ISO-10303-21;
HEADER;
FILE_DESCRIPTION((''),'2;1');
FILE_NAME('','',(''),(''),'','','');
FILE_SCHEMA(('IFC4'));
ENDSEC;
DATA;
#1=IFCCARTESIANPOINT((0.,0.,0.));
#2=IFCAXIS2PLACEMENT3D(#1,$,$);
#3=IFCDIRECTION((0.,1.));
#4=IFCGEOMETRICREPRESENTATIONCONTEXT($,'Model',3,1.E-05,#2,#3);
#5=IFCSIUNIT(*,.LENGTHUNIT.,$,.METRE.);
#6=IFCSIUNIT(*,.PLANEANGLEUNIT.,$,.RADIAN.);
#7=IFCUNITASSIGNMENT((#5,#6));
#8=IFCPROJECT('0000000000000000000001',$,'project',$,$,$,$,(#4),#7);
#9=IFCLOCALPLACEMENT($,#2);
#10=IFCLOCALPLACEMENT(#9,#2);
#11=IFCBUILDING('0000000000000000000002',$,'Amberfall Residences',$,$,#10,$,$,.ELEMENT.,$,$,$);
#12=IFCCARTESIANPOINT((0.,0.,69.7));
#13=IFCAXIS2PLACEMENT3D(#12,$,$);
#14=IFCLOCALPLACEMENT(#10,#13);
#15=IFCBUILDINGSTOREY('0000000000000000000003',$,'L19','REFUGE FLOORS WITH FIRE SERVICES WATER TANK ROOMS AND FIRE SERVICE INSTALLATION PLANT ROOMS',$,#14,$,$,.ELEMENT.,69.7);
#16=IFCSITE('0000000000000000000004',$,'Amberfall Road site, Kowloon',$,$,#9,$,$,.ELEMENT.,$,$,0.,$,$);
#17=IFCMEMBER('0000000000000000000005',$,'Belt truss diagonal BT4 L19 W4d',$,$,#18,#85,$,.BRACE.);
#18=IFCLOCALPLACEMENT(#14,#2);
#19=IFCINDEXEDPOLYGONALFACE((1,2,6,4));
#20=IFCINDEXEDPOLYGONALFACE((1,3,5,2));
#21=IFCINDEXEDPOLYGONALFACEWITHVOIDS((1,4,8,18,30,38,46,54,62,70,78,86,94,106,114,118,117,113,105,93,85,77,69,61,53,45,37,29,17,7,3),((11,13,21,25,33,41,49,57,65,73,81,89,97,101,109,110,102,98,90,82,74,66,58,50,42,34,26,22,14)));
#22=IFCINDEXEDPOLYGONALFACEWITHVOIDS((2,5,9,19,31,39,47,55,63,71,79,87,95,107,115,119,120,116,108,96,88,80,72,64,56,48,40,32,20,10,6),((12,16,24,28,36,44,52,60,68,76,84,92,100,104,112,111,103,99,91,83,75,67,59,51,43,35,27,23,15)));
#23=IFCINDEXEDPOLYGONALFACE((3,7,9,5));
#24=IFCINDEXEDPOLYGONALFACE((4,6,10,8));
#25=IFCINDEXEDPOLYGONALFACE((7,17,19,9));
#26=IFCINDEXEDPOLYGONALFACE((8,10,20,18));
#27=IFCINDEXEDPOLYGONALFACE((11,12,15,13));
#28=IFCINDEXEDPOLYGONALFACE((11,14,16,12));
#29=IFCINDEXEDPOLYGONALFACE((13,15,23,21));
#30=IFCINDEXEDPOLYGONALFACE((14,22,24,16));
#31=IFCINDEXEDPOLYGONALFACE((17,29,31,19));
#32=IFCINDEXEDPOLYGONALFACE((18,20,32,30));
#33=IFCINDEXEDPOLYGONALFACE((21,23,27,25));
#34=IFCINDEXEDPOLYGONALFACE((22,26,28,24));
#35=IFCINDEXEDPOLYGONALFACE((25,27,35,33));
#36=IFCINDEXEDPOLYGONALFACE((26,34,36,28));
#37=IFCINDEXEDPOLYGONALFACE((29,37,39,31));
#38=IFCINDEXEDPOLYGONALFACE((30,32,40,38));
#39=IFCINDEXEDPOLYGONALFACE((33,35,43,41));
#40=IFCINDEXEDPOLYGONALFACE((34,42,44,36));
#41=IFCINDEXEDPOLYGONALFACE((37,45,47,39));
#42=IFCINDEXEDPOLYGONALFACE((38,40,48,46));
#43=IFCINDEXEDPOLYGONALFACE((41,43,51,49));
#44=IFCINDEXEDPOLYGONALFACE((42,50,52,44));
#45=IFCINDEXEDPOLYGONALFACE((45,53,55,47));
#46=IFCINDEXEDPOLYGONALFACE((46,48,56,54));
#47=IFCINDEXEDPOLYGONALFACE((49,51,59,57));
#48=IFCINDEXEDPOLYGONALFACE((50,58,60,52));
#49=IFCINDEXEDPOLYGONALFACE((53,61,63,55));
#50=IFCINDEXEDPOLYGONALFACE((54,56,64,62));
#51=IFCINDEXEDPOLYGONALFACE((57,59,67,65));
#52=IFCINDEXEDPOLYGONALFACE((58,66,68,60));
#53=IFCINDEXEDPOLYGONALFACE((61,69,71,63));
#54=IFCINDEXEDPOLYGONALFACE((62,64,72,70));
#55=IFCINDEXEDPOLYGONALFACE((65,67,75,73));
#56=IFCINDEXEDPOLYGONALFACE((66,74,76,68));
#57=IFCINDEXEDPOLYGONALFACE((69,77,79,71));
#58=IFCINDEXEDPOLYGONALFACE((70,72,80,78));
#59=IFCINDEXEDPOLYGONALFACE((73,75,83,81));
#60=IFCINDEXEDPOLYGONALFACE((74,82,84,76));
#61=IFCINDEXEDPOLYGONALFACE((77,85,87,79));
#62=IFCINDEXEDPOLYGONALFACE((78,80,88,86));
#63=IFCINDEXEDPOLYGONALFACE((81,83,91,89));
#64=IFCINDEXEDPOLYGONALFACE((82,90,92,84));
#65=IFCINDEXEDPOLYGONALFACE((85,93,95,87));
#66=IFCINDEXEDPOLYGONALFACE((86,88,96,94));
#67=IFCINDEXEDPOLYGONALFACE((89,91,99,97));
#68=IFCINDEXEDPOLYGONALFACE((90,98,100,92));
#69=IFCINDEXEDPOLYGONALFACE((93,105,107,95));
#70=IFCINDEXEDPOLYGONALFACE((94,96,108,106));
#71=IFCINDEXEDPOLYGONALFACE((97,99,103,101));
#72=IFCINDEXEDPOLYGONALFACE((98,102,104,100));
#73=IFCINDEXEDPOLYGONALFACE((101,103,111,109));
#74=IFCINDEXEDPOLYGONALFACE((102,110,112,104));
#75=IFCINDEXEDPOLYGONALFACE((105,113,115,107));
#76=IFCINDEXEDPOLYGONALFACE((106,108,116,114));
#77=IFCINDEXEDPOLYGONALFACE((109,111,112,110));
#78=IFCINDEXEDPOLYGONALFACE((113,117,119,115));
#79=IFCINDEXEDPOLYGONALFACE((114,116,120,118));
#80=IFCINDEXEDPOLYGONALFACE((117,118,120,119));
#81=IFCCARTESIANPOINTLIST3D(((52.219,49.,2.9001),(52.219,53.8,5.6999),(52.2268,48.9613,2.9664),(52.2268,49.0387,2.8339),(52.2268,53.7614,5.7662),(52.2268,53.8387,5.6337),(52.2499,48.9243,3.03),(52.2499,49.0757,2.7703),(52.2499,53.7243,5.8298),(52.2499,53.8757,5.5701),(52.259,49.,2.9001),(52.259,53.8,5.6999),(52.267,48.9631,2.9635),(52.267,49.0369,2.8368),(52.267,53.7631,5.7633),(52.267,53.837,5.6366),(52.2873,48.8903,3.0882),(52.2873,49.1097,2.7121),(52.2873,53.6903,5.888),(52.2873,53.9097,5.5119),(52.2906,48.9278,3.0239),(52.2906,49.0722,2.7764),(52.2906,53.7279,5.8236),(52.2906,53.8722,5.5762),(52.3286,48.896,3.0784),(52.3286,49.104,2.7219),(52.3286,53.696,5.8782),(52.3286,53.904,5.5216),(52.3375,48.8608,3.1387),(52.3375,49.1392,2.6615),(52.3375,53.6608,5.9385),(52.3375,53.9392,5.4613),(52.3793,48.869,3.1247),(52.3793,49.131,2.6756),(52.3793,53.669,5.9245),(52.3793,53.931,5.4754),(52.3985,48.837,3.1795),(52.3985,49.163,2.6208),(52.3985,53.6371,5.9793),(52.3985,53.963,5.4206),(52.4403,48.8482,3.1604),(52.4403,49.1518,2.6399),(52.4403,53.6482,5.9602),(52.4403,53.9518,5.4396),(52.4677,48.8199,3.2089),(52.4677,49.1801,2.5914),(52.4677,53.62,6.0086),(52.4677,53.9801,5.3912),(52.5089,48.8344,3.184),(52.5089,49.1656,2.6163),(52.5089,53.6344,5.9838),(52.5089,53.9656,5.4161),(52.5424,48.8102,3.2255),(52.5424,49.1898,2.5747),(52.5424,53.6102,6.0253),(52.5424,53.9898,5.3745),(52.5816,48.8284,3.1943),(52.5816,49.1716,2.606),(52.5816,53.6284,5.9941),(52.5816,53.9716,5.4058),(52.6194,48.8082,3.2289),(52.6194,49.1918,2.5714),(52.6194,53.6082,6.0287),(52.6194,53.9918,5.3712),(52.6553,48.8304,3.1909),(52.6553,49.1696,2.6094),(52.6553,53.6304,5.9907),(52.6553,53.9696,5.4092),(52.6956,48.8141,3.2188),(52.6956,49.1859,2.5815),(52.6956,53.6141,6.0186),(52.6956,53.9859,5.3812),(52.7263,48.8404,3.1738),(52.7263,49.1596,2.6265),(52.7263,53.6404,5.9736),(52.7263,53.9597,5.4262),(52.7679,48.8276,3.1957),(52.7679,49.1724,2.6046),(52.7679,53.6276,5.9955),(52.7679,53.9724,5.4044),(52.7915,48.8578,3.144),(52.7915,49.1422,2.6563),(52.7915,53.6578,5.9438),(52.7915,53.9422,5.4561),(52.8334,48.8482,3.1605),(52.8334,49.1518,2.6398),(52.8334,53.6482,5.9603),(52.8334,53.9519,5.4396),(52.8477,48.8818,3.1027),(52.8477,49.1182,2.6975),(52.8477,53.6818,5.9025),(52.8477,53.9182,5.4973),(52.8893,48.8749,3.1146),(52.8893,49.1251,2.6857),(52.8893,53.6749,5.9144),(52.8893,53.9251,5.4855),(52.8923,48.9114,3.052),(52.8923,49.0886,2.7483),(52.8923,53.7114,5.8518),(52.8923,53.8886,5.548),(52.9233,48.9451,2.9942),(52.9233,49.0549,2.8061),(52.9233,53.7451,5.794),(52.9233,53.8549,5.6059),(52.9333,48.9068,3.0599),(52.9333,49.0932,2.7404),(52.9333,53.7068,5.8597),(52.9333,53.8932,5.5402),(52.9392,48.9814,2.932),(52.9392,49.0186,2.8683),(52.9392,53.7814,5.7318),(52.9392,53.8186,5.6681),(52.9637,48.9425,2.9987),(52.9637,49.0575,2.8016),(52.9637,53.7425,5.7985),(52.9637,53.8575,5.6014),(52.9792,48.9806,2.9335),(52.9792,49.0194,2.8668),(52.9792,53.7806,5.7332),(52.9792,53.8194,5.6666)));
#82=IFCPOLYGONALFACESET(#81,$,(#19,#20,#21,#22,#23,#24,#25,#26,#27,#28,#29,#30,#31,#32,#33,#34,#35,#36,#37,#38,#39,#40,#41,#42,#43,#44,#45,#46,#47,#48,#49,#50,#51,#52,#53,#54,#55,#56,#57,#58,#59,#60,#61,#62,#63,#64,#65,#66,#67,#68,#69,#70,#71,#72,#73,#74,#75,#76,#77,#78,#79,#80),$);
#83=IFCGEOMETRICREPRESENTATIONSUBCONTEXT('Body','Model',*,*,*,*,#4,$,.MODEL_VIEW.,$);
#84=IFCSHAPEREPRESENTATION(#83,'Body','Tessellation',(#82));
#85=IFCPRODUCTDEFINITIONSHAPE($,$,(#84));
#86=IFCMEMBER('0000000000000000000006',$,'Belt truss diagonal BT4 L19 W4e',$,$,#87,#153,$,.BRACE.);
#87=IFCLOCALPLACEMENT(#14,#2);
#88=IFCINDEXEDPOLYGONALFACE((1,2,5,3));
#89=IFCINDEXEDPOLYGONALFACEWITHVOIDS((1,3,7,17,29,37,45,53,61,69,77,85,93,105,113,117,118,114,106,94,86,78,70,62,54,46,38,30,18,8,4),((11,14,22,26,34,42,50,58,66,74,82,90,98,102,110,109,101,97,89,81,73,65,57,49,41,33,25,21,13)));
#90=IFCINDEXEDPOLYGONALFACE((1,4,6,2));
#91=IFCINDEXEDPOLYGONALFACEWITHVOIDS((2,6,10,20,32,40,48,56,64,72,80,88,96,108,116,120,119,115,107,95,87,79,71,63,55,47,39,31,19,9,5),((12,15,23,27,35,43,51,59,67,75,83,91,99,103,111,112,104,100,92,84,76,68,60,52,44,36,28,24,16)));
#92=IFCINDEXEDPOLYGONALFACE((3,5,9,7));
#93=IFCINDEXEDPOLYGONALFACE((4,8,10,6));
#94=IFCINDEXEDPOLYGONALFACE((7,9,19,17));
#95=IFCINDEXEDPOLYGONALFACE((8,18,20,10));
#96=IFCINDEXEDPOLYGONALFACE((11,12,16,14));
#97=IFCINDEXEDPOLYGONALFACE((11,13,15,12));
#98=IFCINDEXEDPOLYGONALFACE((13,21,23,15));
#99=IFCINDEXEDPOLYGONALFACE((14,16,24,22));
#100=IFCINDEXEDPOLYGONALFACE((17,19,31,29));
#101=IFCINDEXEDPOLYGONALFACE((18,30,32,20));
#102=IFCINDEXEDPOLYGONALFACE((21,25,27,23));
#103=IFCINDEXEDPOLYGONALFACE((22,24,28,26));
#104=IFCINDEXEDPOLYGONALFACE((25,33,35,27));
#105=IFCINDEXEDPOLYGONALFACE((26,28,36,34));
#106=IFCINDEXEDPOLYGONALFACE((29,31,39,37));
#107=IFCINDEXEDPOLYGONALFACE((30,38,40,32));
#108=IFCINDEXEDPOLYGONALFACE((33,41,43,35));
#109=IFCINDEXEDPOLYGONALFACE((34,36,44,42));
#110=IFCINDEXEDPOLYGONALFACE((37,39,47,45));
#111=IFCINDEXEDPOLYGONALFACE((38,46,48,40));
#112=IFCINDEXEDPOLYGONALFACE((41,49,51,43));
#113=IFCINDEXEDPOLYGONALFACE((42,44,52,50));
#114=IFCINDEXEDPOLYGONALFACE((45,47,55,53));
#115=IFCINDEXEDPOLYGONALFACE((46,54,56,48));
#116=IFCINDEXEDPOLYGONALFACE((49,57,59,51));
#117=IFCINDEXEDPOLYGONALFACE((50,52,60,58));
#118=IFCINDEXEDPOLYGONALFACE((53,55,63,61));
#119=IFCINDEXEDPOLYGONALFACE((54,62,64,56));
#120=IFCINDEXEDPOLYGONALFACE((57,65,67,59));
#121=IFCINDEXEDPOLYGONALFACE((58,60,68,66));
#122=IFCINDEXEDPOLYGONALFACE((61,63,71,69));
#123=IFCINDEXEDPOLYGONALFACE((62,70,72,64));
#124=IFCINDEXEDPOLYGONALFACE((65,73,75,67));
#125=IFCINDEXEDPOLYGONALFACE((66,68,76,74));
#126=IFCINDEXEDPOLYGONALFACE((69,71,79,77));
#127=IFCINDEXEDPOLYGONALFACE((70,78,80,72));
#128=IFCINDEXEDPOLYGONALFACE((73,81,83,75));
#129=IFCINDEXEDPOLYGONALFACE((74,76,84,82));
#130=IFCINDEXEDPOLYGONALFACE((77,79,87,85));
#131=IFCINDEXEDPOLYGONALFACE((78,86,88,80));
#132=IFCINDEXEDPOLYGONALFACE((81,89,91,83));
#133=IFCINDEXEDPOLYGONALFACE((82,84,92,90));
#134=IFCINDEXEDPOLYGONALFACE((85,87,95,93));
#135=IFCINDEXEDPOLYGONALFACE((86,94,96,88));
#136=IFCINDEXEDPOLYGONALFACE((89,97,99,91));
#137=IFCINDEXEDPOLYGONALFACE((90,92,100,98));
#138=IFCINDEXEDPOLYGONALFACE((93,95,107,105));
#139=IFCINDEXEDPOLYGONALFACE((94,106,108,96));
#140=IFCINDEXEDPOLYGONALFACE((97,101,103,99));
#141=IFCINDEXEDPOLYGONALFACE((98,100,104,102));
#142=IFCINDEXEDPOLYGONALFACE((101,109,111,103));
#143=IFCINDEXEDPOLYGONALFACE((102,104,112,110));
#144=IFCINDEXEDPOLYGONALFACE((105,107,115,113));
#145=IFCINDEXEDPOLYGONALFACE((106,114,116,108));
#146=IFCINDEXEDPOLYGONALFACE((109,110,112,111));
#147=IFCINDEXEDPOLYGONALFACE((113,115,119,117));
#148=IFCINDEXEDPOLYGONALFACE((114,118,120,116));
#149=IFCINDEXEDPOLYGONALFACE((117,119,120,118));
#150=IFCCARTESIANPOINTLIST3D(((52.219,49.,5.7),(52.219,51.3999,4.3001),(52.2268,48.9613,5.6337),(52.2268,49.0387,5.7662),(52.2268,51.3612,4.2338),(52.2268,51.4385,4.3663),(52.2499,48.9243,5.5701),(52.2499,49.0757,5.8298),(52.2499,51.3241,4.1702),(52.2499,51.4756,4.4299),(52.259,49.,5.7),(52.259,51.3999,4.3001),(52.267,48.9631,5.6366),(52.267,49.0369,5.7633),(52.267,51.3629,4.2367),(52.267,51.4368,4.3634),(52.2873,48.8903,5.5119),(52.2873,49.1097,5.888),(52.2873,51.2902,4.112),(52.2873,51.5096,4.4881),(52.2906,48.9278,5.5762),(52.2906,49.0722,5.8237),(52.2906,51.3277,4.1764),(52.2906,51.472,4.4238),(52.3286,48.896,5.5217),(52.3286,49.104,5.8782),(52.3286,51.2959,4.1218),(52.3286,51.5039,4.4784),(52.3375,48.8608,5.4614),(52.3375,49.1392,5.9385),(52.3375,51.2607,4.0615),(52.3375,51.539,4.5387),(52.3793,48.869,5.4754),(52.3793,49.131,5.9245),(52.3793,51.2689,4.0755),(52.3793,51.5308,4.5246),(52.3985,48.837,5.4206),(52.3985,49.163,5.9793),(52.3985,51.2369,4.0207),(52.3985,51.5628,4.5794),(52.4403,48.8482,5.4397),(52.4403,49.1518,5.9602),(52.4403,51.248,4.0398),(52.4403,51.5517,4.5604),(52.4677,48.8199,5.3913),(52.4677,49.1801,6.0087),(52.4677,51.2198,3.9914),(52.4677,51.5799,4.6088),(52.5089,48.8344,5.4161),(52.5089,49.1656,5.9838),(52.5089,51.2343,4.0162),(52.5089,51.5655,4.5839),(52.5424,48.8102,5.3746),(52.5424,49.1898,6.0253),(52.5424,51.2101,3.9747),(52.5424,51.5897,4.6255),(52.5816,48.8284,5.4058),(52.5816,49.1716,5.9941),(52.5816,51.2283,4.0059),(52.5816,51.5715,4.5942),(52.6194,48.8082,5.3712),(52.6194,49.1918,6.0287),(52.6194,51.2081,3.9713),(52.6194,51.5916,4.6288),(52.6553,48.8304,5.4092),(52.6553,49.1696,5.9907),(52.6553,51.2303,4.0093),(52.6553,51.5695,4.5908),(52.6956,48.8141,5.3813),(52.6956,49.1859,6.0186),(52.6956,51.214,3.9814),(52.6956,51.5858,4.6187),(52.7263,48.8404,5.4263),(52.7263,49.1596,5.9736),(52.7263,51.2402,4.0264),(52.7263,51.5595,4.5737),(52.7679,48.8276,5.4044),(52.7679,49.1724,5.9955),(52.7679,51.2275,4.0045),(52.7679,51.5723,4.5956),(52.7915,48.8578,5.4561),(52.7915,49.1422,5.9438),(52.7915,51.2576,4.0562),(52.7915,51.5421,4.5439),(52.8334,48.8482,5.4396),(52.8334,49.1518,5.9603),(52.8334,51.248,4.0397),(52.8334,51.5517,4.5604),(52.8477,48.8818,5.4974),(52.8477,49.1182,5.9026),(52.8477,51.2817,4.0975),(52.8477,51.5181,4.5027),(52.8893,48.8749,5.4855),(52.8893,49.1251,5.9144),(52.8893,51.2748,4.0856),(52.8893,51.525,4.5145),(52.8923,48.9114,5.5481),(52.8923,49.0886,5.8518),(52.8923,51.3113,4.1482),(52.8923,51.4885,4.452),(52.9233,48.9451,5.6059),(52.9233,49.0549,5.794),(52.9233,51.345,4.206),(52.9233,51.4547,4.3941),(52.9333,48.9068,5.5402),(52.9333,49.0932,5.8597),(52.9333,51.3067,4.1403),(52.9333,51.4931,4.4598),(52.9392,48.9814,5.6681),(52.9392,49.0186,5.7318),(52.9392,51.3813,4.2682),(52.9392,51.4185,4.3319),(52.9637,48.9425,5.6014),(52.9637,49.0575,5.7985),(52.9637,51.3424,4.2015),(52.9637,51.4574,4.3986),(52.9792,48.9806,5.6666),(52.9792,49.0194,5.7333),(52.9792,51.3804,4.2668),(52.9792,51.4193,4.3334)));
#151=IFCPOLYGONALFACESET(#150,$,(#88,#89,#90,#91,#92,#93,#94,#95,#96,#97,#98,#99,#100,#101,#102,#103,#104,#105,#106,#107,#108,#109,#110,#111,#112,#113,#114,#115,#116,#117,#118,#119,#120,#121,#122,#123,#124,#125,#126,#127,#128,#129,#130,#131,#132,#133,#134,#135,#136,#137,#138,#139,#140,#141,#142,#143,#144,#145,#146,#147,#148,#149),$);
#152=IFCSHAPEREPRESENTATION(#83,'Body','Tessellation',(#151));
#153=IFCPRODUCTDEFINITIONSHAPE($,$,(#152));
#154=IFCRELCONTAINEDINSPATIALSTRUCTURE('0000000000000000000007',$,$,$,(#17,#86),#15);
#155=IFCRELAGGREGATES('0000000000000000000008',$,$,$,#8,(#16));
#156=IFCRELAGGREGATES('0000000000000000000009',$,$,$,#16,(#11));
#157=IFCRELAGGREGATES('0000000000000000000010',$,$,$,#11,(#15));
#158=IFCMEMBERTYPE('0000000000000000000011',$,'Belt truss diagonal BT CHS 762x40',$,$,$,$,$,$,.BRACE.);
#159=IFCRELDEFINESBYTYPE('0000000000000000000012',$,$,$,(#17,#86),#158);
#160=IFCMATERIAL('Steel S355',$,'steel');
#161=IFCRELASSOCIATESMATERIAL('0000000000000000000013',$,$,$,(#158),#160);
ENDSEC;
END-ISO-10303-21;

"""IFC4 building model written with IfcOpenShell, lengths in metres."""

from ifc_helpers import new_model, si_unit, direction, frame, origin, origin_2d, place, context, subcontext, project, spatial, hollow_circle, extrude, material, material_profile, profile_set, type_object, element, save


model = new_model("IFC4")

# Units and contexts
model_context = context("Model", 3, precision=1e-05, world=origin(), true_north=direction((0.0, 1.0)))
body_context = subcontext(model_context, "Body", "Model", "MODEL_VIEW")
ifc_project = project(units=[si_unit("LENGTHUNIT", "METRE"), si_unit("PLANEANGLEUNIT", "RADIAN")], contexts=[model_context])

# Site, building, storey
site_placement = place(None, origin())
site = spatial("IfcSite", under=ifc_project, at=site_placement, Name="Amberfall Road site, Kowloon", CompositionType="ELEMENT", RefElevation=0.0)
building_placement = place(site_placement, origin())
building = spatial("IfcBuilding", under=site, at=building_placement, Name="Amberfall Residences", CompositionType="ELEMENT")
storey_placement = place(building_placement, frame((0.0, 0.0, 69.7)))
storey = spatial("IfcBuildingStorey", under=building, at=storey_placement, Name="L19", Description="REFUGE FLOORS WITH FIRE SERVICES WATER TANK ROOMS AND FIRE SERVICE INSTALLATION PLANT ROOMS", CompositionType="ELEMENT", Elevation=69.7)

# Shared definitions
ifc_material_1 = material(Name="Steel S355", Category="steel")

# Members
ifc_material_profile_1 = material_profile(ifc_material_1, hollow_circle(Radius=0.3811, WallThickness=0.04, at=origin_2d()), Name="CHS 762x40")
ifc_profile_set_1 = profile_set([ifc_material_profile_1], Name="Steel S355")
member_type_1 = type_object("IfcMemberType", Name="Belt truss diagonal BT CHS 762x40", PredefinedType="BRACE", material=ifc_profile_set_1)
member_1_placement = place(storey_placement, frame((52.6001, 49.0, 2.9001), z_axis=(0.0, 0.863796, 0.503841), x_axis=(-1.0, 0.0, 0.0)))
element("IfcMember", 1, at=member_1_placement, inside=storey, type_object=member_type_1, Name="Belt truss diagonal BT4 L19 W4d", PredefinedType="BRACE", context=body_context, shape_type="SweptSolid", body=[
    extrude(hollow_circle(Radius=0.3811, WallThickness=0.04, at=origin_2d()), origin(), (0.0, 0.0, 1.0), 5.5569),
])
member_2_placement = place(storey_placement, frame((52.6001, 49.0, 5.7), z_axis=(0.0, 0.863785, -0.50386), x_axis=(-1.0, 0.0, 0.0)))
element("IfcMember", 2, at=member_2_placement, inside=storey, type_object=member_type_1, Name="Belt truss diagonal BT4 L19 W4e", PredefinedType="BRACE", context=body_context, shape_type="SweptSolid", body=[
    extrude(hollow_circle(Radius=0.3811, WallThickness=0.04, at=origin_2d()), origin(), (0.0, 0.0, 1.0), 2.7783),
])

save(model, "model.ifc")
